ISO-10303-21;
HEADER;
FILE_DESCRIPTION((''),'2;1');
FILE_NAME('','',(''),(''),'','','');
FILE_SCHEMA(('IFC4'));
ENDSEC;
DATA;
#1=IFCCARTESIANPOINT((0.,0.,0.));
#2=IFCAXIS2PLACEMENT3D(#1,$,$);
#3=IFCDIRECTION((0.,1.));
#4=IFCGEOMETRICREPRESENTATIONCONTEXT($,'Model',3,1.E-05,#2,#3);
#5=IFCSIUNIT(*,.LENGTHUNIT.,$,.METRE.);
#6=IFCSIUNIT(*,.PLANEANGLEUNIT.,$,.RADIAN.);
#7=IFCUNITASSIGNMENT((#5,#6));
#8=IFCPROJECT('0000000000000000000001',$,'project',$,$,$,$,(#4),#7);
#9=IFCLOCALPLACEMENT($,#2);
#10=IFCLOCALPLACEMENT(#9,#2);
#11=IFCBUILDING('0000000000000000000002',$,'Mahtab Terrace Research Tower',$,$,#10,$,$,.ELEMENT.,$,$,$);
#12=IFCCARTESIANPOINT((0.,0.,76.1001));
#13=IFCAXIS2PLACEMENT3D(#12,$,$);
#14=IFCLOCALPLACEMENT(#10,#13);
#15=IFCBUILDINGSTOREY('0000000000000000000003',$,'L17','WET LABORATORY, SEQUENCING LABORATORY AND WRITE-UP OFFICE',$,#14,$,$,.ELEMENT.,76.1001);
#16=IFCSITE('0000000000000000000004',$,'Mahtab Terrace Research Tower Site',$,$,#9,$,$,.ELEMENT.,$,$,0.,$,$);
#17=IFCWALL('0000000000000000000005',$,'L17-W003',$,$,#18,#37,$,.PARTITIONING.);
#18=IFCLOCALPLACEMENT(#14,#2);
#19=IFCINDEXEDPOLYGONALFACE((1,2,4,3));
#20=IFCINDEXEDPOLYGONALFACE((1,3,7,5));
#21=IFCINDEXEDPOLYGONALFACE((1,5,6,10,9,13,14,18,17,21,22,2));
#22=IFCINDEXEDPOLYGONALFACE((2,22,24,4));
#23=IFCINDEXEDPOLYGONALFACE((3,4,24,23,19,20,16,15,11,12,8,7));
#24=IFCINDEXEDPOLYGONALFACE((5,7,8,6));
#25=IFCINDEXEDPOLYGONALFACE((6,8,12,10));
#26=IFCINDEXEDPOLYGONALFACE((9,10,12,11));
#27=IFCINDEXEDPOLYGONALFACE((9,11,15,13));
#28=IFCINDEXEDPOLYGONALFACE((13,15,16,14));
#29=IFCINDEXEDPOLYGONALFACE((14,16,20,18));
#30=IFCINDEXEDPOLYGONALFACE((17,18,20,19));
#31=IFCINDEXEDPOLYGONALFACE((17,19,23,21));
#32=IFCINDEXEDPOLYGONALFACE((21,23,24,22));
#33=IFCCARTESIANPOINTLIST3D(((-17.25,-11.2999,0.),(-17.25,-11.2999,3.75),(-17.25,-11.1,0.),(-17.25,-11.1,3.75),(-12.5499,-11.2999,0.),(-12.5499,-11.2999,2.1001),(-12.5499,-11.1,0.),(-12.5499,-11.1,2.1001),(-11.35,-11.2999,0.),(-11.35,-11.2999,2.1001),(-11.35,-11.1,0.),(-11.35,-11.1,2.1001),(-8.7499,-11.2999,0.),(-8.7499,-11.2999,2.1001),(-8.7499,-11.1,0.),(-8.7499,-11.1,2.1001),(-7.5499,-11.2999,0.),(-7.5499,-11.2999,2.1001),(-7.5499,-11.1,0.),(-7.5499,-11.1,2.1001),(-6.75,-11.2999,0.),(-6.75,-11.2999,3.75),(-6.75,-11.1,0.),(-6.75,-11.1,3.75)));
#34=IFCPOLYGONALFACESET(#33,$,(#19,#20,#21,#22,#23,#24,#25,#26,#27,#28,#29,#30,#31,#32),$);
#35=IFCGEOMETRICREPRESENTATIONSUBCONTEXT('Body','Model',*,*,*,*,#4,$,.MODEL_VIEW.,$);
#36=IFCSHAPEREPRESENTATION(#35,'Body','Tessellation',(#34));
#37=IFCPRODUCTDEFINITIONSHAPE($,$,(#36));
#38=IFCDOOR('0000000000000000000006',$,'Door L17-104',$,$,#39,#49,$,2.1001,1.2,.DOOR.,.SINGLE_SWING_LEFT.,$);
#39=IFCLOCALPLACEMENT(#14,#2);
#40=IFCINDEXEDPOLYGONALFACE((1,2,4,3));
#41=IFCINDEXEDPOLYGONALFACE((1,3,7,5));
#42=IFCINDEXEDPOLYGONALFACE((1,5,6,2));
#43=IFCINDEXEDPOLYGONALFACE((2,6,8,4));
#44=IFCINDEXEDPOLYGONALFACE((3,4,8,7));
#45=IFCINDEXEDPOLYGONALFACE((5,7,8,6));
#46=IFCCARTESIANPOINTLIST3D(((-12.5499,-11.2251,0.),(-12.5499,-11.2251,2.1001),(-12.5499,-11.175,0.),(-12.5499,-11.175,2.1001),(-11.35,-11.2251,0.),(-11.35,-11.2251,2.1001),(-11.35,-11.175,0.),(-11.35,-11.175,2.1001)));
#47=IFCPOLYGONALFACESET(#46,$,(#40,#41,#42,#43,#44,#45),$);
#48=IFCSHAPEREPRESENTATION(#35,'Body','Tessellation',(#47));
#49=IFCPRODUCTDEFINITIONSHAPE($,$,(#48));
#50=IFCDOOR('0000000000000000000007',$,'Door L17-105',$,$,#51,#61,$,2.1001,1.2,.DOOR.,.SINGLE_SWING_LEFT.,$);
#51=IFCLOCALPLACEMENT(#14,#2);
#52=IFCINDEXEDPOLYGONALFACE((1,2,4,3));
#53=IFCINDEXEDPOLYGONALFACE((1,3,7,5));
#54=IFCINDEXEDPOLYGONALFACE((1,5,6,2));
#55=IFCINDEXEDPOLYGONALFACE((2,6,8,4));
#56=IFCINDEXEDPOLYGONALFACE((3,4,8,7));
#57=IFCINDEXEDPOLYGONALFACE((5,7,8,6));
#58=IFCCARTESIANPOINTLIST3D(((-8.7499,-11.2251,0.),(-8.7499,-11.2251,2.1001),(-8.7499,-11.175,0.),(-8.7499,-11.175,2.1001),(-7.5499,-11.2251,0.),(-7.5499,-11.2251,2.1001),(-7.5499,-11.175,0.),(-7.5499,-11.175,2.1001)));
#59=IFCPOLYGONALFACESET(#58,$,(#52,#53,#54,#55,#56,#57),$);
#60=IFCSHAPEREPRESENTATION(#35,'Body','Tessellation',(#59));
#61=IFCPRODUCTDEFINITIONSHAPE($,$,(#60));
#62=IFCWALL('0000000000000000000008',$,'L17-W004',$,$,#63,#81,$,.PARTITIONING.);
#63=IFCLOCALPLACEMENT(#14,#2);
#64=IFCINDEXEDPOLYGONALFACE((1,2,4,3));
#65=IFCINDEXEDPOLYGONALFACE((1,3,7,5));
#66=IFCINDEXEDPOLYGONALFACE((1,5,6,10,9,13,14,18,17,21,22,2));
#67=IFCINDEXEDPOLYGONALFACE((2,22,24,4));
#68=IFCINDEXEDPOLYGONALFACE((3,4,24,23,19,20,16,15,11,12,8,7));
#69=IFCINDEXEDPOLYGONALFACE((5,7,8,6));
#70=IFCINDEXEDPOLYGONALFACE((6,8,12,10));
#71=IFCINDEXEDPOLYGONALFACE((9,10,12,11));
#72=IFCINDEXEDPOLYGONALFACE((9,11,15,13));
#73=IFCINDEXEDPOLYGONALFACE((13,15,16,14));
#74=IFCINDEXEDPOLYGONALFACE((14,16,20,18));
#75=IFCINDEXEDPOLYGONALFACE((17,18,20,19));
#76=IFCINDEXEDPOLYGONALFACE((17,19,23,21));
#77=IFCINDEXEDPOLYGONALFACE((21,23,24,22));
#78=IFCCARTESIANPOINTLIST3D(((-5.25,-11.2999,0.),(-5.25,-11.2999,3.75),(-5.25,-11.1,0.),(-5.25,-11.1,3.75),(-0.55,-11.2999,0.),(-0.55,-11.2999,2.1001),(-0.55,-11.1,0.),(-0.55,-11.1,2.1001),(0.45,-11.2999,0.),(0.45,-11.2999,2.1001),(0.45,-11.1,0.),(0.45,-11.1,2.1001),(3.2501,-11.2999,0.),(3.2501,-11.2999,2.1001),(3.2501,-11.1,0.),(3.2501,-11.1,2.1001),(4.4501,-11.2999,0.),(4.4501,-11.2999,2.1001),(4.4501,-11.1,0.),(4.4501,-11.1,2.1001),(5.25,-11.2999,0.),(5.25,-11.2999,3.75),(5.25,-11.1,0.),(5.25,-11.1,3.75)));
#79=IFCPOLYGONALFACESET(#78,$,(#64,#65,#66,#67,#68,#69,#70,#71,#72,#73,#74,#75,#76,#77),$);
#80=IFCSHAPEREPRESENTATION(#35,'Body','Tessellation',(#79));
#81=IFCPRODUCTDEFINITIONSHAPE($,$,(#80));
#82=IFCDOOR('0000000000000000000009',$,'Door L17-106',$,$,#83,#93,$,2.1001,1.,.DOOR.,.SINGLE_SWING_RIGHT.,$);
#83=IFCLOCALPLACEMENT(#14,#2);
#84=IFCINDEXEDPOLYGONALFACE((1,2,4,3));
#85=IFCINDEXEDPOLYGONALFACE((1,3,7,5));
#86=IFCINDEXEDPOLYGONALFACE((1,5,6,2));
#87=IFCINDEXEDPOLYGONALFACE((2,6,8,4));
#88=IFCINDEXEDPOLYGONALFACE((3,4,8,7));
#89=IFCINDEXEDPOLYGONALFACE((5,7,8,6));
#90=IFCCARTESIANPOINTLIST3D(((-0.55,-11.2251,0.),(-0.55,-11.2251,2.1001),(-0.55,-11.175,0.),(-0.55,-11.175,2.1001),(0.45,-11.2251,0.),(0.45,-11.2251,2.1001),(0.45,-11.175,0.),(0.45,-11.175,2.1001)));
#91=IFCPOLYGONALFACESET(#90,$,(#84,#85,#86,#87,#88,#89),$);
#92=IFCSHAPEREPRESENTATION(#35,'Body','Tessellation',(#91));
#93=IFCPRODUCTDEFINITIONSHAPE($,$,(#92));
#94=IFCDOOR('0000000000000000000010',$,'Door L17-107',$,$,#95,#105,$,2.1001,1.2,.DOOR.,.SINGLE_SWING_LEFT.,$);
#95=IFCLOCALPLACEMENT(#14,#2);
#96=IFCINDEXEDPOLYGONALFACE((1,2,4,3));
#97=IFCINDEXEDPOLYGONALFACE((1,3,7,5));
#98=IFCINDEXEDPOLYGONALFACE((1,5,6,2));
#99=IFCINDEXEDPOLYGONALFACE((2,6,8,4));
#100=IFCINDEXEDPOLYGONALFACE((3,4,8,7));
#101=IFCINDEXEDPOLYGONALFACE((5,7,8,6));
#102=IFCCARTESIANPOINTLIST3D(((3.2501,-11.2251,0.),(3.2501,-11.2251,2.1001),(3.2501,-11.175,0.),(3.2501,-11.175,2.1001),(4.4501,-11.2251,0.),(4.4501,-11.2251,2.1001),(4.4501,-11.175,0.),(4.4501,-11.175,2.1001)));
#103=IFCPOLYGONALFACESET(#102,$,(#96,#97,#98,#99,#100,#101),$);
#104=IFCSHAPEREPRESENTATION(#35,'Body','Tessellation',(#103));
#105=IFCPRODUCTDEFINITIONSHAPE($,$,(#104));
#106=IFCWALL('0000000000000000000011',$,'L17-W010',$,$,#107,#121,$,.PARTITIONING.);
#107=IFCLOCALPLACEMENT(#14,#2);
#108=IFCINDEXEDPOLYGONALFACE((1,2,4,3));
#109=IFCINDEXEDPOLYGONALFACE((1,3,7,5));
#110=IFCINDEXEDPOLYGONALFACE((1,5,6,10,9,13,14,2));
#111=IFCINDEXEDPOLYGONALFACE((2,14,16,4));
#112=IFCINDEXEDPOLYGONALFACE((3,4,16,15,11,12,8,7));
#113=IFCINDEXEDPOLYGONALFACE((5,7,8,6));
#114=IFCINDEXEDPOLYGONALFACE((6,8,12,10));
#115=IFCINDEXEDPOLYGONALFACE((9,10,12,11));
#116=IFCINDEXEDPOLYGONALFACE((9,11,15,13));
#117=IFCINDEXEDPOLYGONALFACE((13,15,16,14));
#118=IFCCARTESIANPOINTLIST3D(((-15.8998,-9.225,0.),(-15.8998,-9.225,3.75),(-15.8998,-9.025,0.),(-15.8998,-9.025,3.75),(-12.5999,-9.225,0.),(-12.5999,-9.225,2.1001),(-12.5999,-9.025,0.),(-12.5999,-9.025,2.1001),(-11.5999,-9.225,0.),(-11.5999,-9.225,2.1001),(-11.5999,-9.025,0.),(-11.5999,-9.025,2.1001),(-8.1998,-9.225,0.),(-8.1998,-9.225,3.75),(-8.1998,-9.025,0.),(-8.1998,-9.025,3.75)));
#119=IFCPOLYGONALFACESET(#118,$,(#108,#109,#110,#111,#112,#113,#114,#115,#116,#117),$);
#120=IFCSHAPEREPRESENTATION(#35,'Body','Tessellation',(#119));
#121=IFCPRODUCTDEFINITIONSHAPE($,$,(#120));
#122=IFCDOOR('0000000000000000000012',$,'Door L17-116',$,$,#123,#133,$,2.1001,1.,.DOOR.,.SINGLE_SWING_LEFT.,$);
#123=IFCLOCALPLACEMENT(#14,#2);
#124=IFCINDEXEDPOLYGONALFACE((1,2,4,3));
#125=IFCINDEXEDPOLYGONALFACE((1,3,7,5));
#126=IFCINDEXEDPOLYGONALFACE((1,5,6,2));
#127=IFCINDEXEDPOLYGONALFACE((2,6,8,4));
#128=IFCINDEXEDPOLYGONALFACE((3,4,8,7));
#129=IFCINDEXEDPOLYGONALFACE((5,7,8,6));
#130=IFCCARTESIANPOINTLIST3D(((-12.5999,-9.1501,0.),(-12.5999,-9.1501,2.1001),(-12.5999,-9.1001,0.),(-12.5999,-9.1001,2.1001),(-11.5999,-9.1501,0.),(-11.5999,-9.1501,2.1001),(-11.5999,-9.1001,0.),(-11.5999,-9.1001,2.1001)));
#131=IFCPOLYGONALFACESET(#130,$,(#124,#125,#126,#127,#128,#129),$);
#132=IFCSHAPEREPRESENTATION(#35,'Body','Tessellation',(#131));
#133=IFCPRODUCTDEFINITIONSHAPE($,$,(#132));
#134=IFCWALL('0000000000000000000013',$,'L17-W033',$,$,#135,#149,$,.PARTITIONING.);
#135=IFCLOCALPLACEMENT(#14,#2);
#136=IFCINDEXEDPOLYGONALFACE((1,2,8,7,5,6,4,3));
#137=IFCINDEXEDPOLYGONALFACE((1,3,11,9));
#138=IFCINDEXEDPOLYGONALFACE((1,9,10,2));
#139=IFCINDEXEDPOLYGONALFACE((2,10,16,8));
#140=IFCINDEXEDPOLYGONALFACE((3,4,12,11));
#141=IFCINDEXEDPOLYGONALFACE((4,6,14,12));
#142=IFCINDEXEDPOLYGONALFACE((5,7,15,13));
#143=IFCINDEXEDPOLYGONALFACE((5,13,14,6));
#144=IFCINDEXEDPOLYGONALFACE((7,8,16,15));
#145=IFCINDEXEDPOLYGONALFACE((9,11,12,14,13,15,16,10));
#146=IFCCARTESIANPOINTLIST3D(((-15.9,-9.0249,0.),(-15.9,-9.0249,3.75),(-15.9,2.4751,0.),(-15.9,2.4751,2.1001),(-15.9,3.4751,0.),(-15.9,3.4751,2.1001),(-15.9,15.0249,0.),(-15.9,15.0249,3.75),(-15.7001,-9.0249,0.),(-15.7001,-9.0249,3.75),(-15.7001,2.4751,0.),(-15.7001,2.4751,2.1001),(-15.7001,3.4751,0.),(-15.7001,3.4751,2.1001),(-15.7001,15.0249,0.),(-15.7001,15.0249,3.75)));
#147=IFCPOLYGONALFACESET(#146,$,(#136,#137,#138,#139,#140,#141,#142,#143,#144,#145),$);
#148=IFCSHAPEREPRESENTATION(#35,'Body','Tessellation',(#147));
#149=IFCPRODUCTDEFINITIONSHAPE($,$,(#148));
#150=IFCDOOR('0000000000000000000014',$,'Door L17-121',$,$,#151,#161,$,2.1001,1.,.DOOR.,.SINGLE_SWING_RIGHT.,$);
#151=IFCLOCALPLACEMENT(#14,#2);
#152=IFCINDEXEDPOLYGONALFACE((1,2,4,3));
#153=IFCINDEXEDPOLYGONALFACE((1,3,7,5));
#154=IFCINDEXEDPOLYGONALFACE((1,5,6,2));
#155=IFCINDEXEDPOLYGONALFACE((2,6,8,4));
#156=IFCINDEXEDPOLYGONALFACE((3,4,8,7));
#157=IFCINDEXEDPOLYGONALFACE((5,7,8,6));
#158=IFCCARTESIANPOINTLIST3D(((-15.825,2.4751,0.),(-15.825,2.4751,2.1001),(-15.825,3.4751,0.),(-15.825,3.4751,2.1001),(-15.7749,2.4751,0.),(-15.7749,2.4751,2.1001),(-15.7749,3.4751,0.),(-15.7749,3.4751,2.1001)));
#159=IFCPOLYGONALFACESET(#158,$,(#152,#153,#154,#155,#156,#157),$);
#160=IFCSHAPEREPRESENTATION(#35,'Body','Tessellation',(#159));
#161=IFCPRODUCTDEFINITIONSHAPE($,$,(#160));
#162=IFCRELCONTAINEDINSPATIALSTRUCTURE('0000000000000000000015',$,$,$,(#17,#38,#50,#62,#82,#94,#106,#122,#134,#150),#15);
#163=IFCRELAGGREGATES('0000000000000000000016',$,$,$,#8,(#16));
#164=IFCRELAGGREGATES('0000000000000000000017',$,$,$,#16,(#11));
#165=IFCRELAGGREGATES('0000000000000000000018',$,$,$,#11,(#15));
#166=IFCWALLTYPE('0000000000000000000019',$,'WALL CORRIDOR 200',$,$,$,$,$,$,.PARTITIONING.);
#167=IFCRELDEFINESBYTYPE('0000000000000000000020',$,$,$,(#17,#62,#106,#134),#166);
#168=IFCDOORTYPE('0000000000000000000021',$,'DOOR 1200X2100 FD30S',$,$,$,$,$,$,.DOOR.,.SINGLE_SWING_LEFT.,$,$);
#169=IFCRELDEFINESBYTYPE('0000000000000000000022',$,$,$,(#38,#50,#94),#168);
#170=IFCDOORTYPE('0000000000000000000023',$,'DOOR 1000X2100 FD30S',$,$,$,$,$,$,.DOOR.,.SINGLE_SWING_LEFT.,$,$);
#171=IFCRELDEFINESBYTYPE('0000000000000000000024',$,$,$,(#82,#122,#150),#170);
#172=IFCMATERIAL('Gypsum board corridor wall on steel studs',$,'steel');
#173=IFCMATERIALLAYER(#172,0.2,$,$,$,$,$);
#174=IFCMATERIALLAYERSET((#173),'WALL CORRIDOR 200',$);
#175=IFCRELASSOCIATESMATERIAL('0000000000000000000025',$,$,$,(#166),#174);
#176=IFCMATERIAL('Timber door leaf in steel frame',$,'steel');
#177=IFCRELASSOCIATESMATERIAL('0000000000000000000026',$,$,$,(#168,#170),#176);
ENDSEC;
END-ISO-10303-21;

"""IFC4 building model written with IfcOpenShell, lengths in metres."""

from ifc_helpers import new_model, si_unit, direction, frame, frame_2d, origin, place, context, subcontext, project, spatial, rectangle, extrude, material, layer, layer_set, type_object, element, fill, save


model = new_model("IFC4")

# Units and contexts
model_context = context("Model", 3, precision=1e-05, world=origin(), true_north=direction((0.0, 1.0)))
body_context = subcontext(model_context, "Body", "Model", "MODEL_VIEW")
ifc_project = project(units=[si_unit("LENGTHUNIT", "METRE"), si_unit("PLANEANGLEUNIT", "RADIAN")], contexts=[model_context])

# Site, building, storey
site_placement = place(None, origin())
site = spatial("IfcSite", under=ifc_project, at=site_placement, Name="Mahtab Terrace Research Tower Site", CompositionType="ELEMENT", RefElevation=0.0)
building_placement = place(site_placement, origin())
building = spatial("IfcBuilding", under=site, at=building_placement, Name="Mahtab Terrace Research Tower", CompositionType="ELEMENT")
storey_placement = place(building_placement, frame((0.0, 0.0, 76.1001)))
storey = spatial("IfcBuildingStorey", under=building, at=storey_placement, Name="L17", Description="WET LABORATORY, SEQUENCING LABORATORY AND WRITE-UP OFFICE", CompositionType="ELEMENT", Elevation=76.1001)

# Walls, openings, doors
ifc_material_1 = material(Name="Gypsum board corridor wall on steel studs", Category="steel")
ifc_layer_1 = layer(ifc_material_1, 0.2)
ifc_layer_set_1 = layer_set([ifc_layer_1], Name="WALL CORRIDOR 200")
wall_type_1 = type_object("IfcWallType", Name="WALL CORRIDOR 200", PredefinedType="PARTITIONING", material=ifc_layer_set_1)
wall_1_placement = place(storey_placement, frame((-17.25, -11.2, 0.0), z_axis=(0.0, 0.0, 1.0), x_axis=(1.0, 0.0, 0.0)))
wall_1 = element("IfcWall", 1, at=wall_1_placement, inside=storey, type_object=wall_type_1, Name="L17-W003", PredefinedType="PARTITIONING", context=body_context, shape_type="SweptSolid", body=[
    extrude(rectangle(XDim=10.5, YDim=0.2, at=frame_2d((5.25, 0.0))), origin(), (0.0, 0.0, 1.0), 3.75),
])
opening_1_placement = place(wall_1_placement, frame((4.7, 0.0, 0.0)))
opening_1 = element("IfcOpeningElement", 2, at=opening_1_placement, cuts=wall_1, PredefinedType="OPENING", context=body_context, shape_type="SweptSolid", body=[
    extrude(rectangle(XDim=1.2, YDim=2.1001, at=frame_2d((0.6001, 1.05))), frame((0.0, 0.1099, 0.0), z_axis=(0.0, -1.0, 0.0), x_axis=(1.0, 0.0, 0.0)), (0.0, 0.0, 1.0), 0.22),
])
opening_2_placement = place(wall_1_placement, frame((8.5, 0.0, 0.0)))
opening_2 = element("IfcOpeningElement", 3, at=opening_2_placement, cuts=wall_1, PredefinedType="OPENING", context=body_context, shape_type="SweptSolid", body=[
    extrude(rectangle(XDim=1.2, YDim=2.1001, at=frame_2d((0.6001, 1.05))), frame((0.0, 0.1099, 0.0), z_axis=(0.0, -1.0, 0.0), x_axis=(1.0, 0.0, 0.0)), (0.0, 0.0, 1.0), 0.22),
])
ifc_material_2 = material(Name="Timber door leaf in steel frame", Category="steel")
door_type_1 = type_object("IfcDoorType", Name="DOOR 1200X2100 FD30S", OperationType="SINGLE_SWING_LEFT", PredefinedType="DOOR", material=ifc_material_2)
door_1_placement = place(opening_1_placement, origin())
door_1 = element("IfcDoor", 4, at=door_1_placement, inside=storey, type_object=door_type_1, Name="Door L17-104", OperationType="SINGLE_SWING_LEFT", OverallHeight=2.1001, OverallWidth=1.2, PredefinedType="DOOR", context=body_context, shape_type="SweptSolid", body=[
    extrude(rectangle(XDim=1.2, YDim=2.1001, at=frame_2d((0.6001, 1.05))), frame((0.0, 0.0249, 0.0), z_axis=(0.0, -1.0, 0.0), x_axis=(1.0, 0.0, 0.0)), (0.0, 0.0, 1.0), 0.05),
])
fill(opening_1, door_1)
door_2_placement = place(opening_2_placement, origin())
door_2 = element("IfcDoor", 5, at=door_2_placement, inside=storey, type_object=door_type_1, Name="Door L17-105", OperationType="SINGLE_SWING_LEFT", OverallHeight=2.1001, OverallWidth=1.2, PredefinedType="DOOR", context=body_context, shape_type="SweptSolid", body=[
    extrude(rectangle(XDim=1.2, YDim=2.1001, at=frame_2d((0.6001, 1.05))), frame((0.0, 0.0249, 0.0), z_axis=(0.0, -1.0, 0.0), x_axis=(1.0, 0.0, 0.0)), (0.0, 0.0, 1.0), 0.05),
])
fill(opening_2, door_2)
wall_2_placement = place(storey_placement, frame((-5.25, -11.2, 0.0), z_axis=(0.0, 0.0, 1.0), x_axis=(1.0, 0.0, 0.0)))
wall_2 = element("IfcWall", 6, at=wall_2_placement, inside=storey, type_object=wall_type_1, Name="L17-W004", PredefinedType="PARTITIONING", context=body_context, shape_type="SweptSolid", body=[
    extrude(rectangle(XDim=10.5, YDim=0.2, at=frame_2d((5.25, 0.0))), origin(), (0.0, 0.0, 1.0), 3.75),
])
opening_3_placement = place(wall_2_placement, frame((4.7, 0.0, 0.0)))
opening_3 = element("IfcOpeningElement", 7, at=opening_3_placement, cuts=wall_2, PredefinedType="OPENING", context=body_context, shape_type="SweptSolid", body=[
    extrude(rectangle(XDim=1.0, YDim=2.1001, at=frame_2d((0.5, 1.05))), frame((0.0, 0.1099, 0.0), z_axis=(0.0, -1.0, 0.0), x_axis=(1.0, 0.0, 0.0)), (0.0, 0.0, 1.0), 0.22),
])
opening_4_placement = place(wall_2_placement, frame((8.5, 0.0, 0.0)))
opening_4 = element("IfcOpeningElement", 8, at=opening_4_placement, cuts=wall_2, PredefinedType="OPENING", context=body_context, shape_type="SweptSolid", body=[
    extrude(rectangle(XDim=1.2, YDim=2.1001, at=frame_2d((0.6001, 1.05))), frame((0.0, 0.1099, 0.0), z_axis=(0.0, -1.0, 0.0), x_axis=(1.0, 0.0, 0.0)), (0.0, 0.0, 1.0), 0.22),
])
door_type_2 = type_object("IfcDoorType", Name="DOOR 1000X2100 FD30S", OperationType="SINGLE_SWING_LEFT", PredefinedType="DOOR", material=ifc_material_2)
door_3_placement = place(opening_3_placement, origin())
door_3 = element("IfcDoor", 9, at=door_3_placement, inside=storey, type_object=door_type_2, Name="Door L17-106", OperationType="SINGLE_SWING_RIGHT", OverallHeight=2.1001, OverallWidth=1.0, PredefinedType="DOOR", context=body_context, shape_type="SweptSolid", body=[
    extrude(rectangle(XDim=1.0, YDim=2.1001, at=frame_2d((0.5, 1.05))), frame((0.0, 0.0249, 0.0), z_axis=(0.0, -1.0, 0.0), x_axis=(1.0, 0.0, 0.0)), (0.0, 0.0, 1.0), 0.05),
])
fill(opening_3, door_3)
door_4_placement = place(opening_4_placement, origin())
door_4 = element("IfcDoor", 10, at=door_4_placement, inside=storey, type_object=door_type_1, Name="Door L17-107", OperationType="SINGLE_SWING_LEFT", OverallHeight=2.1001, OverallWidth=1.2, PredefinedType="DOOR", context=body_context, shape_type="SweptSolid", body=[
    extrude(rectangle(XDim=1.2, YDim=2.1001, at=frame_2d((0.6001, 1.05))), frame((0.0, 0.0249, 0.0), z_axis=(0.0, -1.0, 0.0), x_axis=(1.0, 0.0, 0.0)), (0.0, 0.0, 1.0), 0.05),
])
fill(opening_4, door_4)

# Walls, openings, doors
wall_3_placement = place(storey_placement, frame((-15.8999, -9.125, 0.0), z_axis=(0.0, 0.0, 1.0), x_axis=(1.0, 0.0, 0.0)))
wall_3 = element("IfcWall", 11, at=wall_3_placement, inside=storey, type_object=wall_type_1, Name="L17-W010", PredefinedType="PARTITIONING", context=body_context, shape_type="SweptSolid", body=[
    extrude(rectangle(XDim=7.7, YDim=0.2, at=frame_2d((3.8501, 0.0))), origin(), (0.0, 0.0, 1.0), 3.75),
])
opening_5_placement = place(wall_3_placement, frame((3.3, 0.0, 0.0)))
opening_5 = element("IfcOpeningElement", 12, at=opening_5_placement, cuts=wall_3, PredefinedType="OPENING", context=body_context, shape_type="SweptSolid", body=[
    extrude(rectangle(XDim=1.0, YDim=2.1001, at=frame_2d((0.5, 1.05))), frame((0.0, 0.1099, 0.0), z_axis=(0.0, -1.0, 0.0), x_axis=(1.0, 0.0, 0.0)), (0.0, 0.0, 1.0), 0.22),
])
door_5_placement = place(opening_5_placement, origin())
door_5 = element("IfcDoor", 13, at=door_5_placement, inside=storey, type_object=door_type_2, Name="Door L17-116", OperationType="SINGLE_SWING_LEFT", OverallHeight=2.1001, OverallWidth=1.0, PredefinedType="DOOR", context=body_context, shape_type="SweptSolid", body=[
    extrude(rectangle(XDim=1.0, YDim=2.1001, at=frame_2d((0.5, 1.05))), frame((0.0, 0.0249, 0.0), z_axis=(0.0, -1.0, 0.0), x_axis=(1.0, 0.0, 0.0)), (0.0, 0.0, 1.0), 0.05),
])
fill(opening_5, door_5)
wall_4_placement = place(storey_placement, frame((-15.8, -9.0249, 0.0), z_axis=(0.0, 0.0, 1.0), x_axis=(0.0, 1.0, 0.0)))
wall_4 = element("IfcWall", 14, at=wall_4_placement, inside=storey, type_object=wall_type_1, Name="L17-W033", PredefinedType="PARTITIONING", context=body_context, shape_type="SweptSolid", body=[
    extrude(rectangle(XDim=24.0498, YDim=0.2, at=frame_2d((12.0249, 0.0))), origin(), (0.0, 0.0, 1.0), 3.75),
])
opening_6_placement = place(wall_4_placement, frame((11.5, 0.0, 0.0)))
opening_6 = element("IfcOpeningElement", 15, at=opening_6_placement, cuts=wall_4, PredefinedType="OPENING", context=body_context, shape_type="SweptSolid", body=[
    extrude(rectangle(XDim=1.0, YDim=2.1001, at=frame_2d((0.5, 1.05))), frame((0.0, 0.1099, 0.0), z_axis=(0.0, -1.0, 0.0), x_axis=(1.0, 0.0, 0.0)), (0.0, 0.0, 1.0), 0.22),
])
door_6_placement = place(opening_6_placement, origin())
door_6 = element("IfcDoor", 16, at=door_6_placement, inside=storey, type_object=door_type_2, Name="Door L17-121", OperationType="SINGLE_SWING_RIGHT", OverallHeight=2.1001, OverallWidth=1.0, PredefinedType="DOOR", context=body_context, shape_type="SweptSolid", body=[
    extrude(rectangle(XDim=1.0, YDim=2.1001, at=frame_2d((0.5, 1.05))), frame((0.0, 0.0249, 0.0), z_axis=(0.0, -1.0, 0.0), x_axis=(1.0, 0.0, 0.0)), (0.0, 0.0, 1.0), 0.05),
])
fill(opening_6, door_6)

save(model, "model.ifc")
